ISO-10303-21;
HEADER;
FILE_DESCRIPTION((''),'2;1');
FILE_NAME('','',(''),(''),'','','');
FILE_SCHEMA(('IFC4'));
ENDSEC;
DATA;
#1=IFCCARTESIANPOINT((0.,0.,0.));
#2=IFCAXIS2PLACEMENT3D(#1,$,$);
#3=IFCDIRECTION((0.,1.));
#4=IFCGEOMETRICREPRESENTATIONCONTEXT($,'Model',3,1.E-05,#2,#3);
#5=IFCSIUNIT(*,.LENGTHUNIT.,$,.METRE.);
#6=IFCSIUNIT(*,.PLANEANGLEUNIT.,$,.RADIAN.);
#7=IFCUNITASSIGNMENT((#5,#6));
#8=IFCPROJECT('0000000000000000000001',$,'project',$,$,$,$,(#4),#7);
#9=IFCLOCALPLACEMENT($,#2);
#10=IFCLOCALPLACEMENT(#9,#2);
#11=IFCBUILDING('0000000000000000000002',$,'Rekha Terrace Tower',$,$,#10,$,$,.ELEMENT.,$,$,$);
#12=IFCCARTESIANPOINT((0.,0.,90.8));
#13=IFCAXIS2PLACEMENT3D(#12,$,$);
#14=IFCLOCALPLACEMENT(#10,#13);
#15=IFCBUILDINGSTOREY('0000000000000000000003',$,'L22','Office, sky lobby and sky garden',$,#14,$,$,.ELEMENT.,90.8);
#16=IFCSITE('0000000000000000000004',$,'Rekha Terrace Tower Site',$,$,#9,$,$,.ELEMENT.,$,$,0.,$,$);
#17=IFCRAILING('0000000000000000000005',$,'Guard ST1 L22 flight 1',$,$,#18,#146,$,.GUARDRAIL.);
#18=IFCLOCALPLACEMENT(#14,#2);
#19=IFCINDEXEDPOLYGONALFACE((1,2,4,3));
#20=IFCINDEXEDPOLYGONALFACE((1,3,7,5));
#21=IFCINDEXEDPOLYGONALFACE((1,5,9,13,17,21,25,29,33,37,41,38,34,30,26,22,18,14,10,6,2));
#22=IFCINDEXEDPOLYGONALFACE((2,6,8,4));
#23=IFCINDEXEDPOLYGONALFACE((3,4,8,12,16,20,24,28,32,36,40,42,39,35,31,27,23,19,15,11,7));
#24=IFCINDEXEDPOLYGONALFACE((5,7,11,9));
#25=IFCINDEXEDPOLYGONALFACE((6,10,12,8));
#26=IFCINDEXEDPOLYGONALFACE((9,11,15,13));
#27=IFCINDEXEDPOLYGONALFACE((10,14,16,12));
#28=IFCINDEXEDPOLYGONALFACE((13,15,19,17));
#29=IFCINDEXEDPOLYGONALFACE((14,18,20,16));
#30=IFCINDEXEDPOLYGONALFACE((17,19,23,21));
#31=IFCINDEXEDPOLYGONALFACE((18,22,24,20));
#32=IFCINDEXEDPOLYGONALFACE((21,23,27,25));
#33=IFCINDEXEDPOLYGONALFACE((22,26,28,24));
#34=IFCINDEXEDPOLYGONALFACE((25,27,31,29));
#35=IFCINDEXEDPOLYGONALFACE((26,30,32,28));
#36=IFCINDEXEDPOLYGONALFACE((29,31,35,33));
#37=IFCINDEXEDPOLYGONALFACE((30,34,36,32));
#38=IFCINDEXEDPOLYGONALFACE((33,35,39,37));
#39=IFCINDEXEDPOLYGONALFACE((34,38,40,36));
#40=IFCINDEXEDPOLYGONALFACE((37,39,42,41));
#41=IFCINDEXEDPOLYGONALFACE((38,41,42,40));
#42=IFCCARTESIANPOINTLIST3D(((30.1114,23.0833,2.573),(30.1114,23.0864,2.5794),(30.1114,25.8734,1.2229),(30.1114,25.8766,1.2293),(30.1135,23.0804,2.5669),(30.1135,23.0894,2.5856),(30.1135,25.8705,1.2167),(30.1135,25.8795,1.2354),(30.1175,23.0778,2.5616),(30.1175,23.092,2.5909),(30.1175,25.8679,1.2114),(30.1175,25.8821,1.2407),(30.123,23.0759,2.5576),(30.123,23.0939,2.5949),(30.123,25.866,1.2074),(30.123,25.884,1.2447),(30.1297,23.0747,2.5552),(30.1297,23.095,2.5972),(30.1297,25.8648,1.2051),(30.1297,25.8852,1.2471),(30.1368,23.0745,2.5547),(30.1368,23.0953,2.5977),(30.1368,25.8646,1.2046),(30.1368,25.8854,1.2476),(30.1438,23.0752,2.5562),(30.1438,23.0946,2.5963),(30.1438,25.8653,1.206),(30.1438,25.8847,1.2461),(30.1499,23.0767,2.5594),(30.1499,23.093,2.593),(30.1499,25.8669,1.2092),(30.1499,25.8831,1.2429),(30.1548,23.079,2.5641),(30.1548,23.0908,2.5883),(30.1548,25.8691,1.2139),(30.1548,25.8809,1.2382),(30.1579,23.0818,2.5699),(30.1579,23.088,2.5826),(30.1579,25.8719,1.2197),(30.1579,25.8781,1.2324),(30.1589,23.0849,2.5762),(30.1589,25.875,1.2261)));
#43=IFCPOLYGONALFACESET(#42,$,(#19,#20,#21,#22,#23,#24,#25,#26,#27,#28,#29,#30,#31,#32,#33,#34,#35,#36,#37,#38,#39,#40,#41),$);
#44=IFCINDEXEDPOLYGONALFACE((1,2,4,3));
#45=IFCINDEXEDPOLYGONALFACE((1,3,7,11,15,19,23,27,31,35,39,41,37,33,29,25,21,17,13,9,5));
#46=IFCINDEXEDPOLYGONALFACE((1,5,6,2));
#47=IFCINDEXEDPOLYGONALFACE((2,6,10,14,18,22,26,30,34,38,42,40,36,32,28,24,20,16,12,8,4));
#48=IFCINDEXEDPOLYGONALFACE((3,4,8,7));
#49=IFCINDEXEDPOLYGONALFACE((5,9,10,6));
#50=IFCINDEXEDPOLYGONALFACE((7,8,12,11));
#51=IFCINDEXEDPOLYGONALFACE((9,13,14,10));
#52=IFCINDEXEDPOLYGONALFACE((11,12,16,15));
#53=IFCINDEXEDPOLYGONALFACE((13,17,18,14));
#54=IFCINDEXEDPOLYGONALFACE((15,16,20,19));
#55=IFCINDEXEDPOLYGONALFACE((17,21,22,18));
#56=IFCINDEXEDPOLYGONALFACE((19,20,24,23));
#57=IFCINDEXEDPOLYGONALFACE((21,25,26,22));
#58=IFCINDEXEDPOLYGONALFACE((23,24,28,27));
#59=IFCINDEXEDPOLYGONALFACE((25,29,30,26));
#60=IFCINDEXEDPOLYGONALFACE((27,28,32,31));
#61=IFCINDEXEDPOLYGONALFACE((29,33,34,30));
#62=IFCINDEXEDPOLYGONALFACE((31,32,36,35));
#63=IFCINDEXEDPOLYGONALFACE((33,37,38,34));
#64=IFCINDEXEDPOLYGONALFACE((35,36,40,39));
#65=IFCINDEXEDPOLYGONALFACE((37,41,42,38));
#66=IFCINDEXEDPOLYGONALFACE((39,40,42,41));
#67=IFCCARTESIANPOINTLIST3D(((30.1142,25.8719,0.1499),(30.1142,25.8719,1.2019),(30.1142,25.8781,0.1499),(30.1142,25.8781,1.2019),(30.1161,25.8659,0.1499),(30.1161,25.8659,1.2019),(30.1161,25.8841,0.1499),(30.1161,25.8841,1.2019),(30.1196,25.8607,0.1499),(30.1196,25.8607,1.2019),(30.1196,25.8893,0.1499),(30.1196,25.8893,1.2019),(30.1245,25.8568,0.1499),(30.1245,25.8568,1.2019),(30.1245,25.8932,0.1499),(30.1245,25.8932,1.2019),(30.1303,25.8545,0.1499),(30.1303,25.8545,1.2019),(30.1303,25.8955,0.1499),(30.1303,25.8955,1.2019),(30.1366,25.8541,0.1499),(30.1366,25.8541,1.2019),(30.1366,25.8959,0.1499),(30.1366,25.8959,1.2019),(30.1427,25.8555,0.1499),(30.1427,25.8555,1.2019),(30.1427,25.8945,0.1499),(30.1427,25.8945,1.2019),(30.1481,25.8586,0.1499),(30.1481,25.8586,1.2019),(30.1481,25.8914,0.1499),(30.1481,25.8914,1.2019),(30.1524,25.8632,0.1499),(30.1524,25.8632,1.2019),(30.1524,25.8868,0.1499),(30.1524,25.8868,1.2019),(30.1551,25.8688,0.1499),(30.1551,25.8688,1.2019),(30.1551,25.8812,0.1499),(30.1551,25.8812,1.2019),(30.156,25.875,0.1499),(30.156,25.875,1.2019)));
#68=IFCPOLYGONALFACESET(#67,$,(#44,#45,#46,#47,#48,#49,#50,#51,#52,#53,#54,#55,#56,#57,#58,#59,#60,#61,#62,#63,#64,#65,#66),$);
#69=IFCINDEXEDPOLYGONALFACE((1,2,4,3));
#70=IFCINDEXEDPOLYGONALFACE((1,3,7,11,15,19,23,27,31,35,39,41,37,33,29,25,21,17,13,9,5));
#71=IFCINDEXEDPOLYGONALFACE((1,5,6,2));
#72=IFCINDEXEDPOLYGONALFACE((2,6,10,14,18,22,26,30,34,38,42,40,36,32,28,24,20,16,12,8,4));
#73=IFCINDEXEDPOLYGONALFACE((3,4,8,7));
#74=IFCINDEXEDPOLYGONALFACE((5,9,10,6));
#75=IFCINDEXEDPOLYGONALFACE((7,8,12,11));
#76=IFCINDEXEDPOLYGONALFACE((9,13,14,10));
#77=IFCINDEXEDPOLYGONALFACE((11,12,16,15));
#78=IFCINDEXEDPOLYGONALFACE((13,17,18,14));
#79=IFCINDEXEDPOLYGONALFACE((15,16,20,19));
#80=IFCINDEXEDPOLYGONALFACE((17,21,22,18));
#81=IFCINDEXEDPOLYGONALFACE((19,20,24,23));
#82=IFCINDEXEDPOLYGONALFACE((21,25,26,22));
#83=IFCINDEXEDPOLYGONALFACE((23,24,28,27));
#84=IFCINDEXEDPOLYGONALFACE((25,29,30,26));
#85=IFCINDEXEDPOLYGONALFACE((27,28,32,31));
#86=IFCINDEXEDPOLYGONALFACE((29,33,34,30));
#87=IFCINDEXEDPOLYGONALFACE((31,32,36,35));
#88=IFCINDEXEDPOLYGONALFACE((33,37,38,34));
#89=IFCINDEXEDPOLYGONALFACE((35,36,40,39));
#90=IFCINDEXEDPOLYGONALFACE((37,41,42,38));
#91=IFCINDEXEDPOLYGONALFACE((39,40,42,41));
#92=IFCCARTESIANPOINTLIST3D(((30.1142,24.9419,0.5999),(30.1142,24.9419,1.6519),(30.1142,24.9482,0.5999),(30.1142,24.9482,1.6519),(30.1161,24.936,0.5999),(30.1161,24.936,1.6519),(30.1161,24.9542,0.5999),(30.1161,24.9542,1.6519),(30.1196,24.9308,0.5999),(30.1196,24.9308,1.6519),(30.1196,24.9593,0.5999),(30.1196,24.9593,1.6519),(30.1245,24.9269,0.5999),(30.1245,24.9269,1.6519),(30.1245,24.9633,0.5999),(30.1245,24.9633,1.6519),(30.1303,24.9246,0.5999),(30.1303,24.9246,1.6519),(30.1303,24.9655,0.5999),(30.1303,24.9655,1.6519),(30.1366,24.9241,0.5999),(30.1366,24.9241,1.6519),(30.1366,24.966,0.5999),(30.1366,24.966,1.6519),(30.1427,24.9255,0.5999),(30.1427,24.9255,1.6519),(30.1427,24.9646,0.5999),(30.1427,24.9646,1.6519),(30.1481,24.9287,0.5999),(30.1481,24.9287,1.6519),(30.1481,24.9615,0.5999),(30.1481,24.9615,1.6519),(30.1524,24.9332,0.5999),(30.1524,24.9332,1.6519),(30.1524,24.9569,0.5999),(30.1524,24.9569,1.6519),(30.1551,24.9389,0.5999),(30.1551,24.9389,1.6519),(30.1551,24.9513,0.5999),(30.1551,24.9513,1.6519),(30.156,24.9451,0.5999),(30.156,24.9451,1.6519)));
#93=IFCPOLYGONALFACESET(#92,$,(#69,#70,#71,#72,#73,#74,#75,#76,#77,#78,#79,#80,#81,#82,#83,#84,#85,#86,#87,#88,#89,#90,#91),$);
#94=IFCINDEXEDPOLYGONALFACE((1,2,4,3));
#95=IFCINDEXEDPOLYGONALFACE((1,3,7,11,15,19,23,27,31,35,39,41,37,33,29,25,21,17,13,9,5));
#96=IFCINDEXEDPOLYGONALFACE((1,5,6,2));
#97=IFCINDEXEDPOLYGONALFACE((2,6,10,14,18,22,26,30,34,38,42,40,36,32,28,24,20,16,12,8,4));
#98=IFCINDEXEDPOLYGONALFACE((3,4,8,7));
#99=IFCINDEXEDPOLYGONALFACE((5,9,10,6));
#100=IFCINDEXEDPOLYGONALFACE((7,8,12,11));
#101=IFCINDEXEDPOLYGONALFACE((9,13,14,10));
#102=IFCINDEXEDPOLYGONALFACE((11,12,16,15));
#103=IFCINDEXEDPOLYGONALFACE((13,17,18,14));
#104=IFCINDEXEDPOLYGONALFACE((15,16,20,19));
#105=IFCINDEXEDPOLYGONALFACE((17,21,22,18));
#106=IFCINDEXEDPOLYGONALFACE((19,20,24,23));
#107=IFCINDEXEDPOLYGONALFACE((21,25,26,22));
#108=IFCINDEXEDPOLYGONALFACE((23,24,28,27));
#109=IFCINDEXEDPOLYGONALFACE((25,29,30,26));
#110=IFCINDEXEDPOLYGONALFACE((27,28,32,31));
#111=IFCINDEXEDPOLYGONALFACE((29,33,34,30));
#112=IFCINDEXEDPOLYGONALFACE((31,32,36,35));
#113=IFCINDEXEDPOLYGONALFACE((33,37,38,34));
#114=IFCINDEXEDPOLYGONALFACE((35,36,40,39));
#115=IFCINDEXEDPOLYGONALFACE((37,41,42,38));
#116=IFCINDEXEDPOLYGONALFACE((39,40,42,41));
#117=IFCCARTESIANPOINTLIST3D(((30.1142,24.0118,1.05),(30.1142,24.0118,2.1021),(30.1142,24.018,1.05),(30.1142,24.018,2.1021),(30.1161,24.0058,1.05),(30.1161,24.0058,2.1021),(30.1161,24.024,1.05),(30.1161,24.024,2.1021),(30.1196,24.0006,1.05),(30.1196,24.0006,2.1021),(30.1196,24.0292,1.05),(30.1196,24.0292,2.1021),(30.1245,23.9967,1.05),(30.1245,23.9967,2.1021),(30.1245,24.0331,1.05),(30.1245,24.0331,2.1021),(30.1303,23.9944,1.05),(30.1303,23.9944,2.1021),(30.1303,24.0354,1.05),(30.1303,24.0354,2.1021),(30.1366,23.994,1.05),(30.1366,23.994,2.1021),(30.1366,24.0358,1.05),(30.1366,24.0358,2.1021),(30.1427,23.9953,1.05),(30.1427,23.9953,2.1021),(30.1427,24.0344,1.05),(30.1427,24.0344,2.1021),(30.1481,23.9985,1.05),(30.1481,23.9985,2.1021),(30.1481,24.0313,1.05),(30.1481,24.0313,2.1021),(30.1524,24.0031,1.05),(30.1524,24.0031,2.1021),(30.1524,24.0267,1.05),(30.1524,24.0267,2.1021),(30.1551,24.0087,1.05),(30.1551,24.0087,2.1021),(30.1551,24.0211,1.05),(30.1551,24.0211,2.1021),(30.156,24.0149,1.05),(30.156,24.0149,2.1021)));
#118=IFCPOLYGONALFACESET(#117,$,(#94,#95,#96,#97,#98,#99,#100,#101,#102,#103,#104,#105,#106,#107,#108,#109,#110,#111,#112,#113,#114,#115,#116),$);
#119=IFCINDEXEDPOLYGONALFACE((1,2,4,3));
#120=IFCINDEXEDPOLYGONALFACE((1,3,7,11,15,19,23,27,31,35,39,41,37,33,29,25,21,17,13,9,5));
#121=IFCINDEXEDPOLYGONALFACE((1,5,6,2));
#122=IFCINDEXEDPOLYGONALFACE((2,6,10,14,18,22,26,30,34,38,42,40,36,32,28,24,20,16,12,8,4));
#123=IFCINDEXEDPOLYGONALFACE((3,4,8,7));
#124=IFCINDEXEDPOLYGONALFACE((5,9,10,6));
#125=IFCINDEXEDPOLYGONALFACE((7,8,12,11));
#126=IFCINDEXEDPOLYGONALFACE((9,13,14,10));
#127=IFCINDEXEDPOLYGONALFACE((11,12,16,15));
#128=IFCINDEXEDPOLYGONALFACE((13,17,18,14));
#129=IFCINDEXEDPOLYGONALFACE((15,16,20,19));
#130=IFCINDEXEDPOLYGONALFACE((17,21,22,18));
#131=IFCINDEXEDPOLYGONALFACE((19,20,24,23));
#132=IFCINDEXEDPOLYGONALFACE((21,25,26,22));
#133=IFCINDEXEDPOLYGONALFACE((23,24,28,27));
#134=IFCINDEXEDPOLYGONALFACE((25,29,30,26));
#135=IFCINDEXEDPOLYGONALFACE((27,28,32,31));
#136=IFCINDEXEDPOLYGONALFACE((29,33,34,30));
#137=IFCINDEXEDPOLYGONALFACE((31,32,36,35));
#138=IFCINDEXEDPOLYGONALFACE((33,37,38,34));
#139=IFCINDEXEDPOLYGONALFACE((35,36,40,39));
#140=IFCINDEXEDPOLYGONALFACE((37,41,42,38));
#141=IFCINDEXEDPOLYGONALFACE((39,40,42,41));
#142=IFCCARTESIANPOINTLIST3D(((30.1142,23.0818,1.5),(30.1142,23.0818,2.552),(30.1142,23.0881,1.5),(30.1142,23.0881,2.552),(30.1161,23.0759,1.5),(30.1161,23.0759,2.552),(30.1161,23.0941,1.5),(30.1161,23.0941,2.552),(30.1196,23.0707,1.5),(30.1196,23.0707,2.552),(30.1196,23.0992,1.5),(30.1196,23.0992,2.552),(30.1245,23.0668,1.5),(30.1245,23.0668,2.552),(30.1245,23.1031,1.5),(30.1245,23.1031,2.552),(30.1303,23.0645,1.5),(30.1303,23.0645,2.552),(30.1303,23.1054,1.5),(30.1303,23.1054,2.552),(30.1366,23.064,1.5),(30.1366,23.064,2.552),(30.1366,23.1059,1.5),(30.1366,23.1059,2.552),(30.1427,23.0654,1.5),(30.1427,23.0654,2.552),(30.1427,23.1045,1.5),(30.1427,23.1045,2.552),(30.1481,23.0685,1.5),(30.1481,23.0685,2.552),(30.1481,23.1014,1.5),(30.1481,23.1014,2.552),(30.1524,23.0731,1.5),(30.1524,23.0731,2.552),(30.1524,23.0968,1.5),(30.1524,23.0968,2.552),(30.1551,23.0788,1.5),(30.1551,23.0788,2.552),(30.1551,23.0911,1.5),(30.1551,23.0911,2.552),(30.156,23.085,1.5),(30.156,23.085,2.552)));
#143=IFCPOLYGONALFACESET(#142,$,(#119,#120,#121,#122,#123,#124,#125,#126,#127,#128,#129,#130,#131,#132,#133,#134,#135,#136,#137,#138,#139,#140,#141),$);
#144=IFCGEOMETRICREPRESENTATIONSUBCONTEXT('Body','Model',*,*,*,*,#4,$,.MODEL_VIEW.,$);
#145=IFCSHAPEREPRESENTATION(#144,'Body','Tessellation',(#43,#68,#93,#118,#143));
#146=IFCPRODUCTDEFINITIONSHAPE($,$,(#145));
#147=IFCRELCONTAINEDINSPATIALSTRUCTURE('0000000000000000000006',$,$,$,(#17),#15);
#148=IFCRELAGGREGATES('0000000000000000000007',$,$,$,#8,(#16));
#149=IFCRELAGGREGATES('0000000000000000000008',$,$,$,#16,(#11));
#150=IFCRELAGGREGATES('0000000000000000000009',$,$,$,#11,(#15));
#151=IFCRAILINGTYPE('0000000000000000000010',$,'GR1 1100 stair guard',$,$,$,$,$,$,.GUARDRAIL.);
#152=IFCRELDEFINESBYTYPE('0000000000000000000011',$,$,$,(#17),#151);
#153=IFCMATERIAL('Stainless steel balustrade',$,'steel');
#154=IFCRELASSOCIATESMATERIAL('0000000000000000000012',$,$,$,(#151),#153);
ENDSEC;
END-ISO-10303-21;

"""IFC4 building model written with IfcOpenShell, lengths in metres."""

from ifc_helpers import new_model, si_unit, direction, frame, origin, origin_2d, place, context, subcontext, project, spatial, circle, extrude, material, type_object, element, save


model = new_model("IFC4")

# Units and contexts
model_context = context("Model", 3, precision=1e-05, world=origin(), true_north=direction((0.0, 1.0)))
body_context = subcontext(model_context, "Body", "Model", "MODEL_VIEW")
ifc_project = project(units=[si_unit("LENGTHUNIT", "METRE"), si_unit("PLANEANGLEUNIT", "RADIAN")], contexts=[model_context])

# Site, building, storey
site_placement = place(None, origin())
site = spatial("IfcSite", under=ifc_project, at=site_placement, Name="Rekha Terrace Tower Site", CompositionType="ELEMENT", RefElevation=0.0)
building_placement = place(site_placement, origin())
building = spatial("IfcBuilding", under=site, at=building_placement, Name="Rekha Terrace Tower", CompositionType="ELEMENT")
storey_placement = place(building_placement, frame((0.0, 0.0, 90.8)))
storey = spatial("IfcBuildingStorey", under=building, at=storey_placement, Name="L22", Description="Office, sky lobby and sky garden", CompositionType="ELEMENT", Elevation=90.8)

# Railing
ifc_material_1 = material(Name="Stainless steel balustrade", Category="steel")
railing_type_1 = type_object("IfcRailingType", Name="GR1 1100 stair guard", PredefinedType="GUARDRAIL", material=ifc_material_1)
railing_1_placement = place(storey_placement, frame((30.135, 25.875, 0.1499)))
element("IfcRailing", 1, at=railing_1_placement, inside=storey, type_object=railing_type_1, Name="Guard ST1 L22 flight 1", PredefinedType="GUARDRAIL", context=body_context, shape_type="SweptSolid", body=[
    extrude(circle(Radius=0.0239, at=origin_2d()), frame((0.0, 0.0, 1.0762), z_axis=(0.0, -0.900149, 0.435582), x_axis=(1.0, 0.0, 0.0)), (0.0, 0.0, 1.0), 3.0996),
    extrude(circle(Radius=0.021, at=origin_2d()), origin(), (0.0, 0.0, 1.0), 1.052),
    extrude(circle(Radius=0.021, at=origin_2d()), frame((0.0, -0.9299, 0.45)), (0.0, 0.0, 1.0), 1.052),
    extrude(circle(Radius=0.021, at=origin_2d()), frame((0.0, -1.8601, 0.9001)), (0.0, 0.0, 1.0), 1.052),
    extrude(circle(Radius=0.021, at=origin_2d()), frame((0.0, -2.79, 1.3501)), (0.0, 0.0, 1.0), 1.052),
])

save(model, "model.ifc")
